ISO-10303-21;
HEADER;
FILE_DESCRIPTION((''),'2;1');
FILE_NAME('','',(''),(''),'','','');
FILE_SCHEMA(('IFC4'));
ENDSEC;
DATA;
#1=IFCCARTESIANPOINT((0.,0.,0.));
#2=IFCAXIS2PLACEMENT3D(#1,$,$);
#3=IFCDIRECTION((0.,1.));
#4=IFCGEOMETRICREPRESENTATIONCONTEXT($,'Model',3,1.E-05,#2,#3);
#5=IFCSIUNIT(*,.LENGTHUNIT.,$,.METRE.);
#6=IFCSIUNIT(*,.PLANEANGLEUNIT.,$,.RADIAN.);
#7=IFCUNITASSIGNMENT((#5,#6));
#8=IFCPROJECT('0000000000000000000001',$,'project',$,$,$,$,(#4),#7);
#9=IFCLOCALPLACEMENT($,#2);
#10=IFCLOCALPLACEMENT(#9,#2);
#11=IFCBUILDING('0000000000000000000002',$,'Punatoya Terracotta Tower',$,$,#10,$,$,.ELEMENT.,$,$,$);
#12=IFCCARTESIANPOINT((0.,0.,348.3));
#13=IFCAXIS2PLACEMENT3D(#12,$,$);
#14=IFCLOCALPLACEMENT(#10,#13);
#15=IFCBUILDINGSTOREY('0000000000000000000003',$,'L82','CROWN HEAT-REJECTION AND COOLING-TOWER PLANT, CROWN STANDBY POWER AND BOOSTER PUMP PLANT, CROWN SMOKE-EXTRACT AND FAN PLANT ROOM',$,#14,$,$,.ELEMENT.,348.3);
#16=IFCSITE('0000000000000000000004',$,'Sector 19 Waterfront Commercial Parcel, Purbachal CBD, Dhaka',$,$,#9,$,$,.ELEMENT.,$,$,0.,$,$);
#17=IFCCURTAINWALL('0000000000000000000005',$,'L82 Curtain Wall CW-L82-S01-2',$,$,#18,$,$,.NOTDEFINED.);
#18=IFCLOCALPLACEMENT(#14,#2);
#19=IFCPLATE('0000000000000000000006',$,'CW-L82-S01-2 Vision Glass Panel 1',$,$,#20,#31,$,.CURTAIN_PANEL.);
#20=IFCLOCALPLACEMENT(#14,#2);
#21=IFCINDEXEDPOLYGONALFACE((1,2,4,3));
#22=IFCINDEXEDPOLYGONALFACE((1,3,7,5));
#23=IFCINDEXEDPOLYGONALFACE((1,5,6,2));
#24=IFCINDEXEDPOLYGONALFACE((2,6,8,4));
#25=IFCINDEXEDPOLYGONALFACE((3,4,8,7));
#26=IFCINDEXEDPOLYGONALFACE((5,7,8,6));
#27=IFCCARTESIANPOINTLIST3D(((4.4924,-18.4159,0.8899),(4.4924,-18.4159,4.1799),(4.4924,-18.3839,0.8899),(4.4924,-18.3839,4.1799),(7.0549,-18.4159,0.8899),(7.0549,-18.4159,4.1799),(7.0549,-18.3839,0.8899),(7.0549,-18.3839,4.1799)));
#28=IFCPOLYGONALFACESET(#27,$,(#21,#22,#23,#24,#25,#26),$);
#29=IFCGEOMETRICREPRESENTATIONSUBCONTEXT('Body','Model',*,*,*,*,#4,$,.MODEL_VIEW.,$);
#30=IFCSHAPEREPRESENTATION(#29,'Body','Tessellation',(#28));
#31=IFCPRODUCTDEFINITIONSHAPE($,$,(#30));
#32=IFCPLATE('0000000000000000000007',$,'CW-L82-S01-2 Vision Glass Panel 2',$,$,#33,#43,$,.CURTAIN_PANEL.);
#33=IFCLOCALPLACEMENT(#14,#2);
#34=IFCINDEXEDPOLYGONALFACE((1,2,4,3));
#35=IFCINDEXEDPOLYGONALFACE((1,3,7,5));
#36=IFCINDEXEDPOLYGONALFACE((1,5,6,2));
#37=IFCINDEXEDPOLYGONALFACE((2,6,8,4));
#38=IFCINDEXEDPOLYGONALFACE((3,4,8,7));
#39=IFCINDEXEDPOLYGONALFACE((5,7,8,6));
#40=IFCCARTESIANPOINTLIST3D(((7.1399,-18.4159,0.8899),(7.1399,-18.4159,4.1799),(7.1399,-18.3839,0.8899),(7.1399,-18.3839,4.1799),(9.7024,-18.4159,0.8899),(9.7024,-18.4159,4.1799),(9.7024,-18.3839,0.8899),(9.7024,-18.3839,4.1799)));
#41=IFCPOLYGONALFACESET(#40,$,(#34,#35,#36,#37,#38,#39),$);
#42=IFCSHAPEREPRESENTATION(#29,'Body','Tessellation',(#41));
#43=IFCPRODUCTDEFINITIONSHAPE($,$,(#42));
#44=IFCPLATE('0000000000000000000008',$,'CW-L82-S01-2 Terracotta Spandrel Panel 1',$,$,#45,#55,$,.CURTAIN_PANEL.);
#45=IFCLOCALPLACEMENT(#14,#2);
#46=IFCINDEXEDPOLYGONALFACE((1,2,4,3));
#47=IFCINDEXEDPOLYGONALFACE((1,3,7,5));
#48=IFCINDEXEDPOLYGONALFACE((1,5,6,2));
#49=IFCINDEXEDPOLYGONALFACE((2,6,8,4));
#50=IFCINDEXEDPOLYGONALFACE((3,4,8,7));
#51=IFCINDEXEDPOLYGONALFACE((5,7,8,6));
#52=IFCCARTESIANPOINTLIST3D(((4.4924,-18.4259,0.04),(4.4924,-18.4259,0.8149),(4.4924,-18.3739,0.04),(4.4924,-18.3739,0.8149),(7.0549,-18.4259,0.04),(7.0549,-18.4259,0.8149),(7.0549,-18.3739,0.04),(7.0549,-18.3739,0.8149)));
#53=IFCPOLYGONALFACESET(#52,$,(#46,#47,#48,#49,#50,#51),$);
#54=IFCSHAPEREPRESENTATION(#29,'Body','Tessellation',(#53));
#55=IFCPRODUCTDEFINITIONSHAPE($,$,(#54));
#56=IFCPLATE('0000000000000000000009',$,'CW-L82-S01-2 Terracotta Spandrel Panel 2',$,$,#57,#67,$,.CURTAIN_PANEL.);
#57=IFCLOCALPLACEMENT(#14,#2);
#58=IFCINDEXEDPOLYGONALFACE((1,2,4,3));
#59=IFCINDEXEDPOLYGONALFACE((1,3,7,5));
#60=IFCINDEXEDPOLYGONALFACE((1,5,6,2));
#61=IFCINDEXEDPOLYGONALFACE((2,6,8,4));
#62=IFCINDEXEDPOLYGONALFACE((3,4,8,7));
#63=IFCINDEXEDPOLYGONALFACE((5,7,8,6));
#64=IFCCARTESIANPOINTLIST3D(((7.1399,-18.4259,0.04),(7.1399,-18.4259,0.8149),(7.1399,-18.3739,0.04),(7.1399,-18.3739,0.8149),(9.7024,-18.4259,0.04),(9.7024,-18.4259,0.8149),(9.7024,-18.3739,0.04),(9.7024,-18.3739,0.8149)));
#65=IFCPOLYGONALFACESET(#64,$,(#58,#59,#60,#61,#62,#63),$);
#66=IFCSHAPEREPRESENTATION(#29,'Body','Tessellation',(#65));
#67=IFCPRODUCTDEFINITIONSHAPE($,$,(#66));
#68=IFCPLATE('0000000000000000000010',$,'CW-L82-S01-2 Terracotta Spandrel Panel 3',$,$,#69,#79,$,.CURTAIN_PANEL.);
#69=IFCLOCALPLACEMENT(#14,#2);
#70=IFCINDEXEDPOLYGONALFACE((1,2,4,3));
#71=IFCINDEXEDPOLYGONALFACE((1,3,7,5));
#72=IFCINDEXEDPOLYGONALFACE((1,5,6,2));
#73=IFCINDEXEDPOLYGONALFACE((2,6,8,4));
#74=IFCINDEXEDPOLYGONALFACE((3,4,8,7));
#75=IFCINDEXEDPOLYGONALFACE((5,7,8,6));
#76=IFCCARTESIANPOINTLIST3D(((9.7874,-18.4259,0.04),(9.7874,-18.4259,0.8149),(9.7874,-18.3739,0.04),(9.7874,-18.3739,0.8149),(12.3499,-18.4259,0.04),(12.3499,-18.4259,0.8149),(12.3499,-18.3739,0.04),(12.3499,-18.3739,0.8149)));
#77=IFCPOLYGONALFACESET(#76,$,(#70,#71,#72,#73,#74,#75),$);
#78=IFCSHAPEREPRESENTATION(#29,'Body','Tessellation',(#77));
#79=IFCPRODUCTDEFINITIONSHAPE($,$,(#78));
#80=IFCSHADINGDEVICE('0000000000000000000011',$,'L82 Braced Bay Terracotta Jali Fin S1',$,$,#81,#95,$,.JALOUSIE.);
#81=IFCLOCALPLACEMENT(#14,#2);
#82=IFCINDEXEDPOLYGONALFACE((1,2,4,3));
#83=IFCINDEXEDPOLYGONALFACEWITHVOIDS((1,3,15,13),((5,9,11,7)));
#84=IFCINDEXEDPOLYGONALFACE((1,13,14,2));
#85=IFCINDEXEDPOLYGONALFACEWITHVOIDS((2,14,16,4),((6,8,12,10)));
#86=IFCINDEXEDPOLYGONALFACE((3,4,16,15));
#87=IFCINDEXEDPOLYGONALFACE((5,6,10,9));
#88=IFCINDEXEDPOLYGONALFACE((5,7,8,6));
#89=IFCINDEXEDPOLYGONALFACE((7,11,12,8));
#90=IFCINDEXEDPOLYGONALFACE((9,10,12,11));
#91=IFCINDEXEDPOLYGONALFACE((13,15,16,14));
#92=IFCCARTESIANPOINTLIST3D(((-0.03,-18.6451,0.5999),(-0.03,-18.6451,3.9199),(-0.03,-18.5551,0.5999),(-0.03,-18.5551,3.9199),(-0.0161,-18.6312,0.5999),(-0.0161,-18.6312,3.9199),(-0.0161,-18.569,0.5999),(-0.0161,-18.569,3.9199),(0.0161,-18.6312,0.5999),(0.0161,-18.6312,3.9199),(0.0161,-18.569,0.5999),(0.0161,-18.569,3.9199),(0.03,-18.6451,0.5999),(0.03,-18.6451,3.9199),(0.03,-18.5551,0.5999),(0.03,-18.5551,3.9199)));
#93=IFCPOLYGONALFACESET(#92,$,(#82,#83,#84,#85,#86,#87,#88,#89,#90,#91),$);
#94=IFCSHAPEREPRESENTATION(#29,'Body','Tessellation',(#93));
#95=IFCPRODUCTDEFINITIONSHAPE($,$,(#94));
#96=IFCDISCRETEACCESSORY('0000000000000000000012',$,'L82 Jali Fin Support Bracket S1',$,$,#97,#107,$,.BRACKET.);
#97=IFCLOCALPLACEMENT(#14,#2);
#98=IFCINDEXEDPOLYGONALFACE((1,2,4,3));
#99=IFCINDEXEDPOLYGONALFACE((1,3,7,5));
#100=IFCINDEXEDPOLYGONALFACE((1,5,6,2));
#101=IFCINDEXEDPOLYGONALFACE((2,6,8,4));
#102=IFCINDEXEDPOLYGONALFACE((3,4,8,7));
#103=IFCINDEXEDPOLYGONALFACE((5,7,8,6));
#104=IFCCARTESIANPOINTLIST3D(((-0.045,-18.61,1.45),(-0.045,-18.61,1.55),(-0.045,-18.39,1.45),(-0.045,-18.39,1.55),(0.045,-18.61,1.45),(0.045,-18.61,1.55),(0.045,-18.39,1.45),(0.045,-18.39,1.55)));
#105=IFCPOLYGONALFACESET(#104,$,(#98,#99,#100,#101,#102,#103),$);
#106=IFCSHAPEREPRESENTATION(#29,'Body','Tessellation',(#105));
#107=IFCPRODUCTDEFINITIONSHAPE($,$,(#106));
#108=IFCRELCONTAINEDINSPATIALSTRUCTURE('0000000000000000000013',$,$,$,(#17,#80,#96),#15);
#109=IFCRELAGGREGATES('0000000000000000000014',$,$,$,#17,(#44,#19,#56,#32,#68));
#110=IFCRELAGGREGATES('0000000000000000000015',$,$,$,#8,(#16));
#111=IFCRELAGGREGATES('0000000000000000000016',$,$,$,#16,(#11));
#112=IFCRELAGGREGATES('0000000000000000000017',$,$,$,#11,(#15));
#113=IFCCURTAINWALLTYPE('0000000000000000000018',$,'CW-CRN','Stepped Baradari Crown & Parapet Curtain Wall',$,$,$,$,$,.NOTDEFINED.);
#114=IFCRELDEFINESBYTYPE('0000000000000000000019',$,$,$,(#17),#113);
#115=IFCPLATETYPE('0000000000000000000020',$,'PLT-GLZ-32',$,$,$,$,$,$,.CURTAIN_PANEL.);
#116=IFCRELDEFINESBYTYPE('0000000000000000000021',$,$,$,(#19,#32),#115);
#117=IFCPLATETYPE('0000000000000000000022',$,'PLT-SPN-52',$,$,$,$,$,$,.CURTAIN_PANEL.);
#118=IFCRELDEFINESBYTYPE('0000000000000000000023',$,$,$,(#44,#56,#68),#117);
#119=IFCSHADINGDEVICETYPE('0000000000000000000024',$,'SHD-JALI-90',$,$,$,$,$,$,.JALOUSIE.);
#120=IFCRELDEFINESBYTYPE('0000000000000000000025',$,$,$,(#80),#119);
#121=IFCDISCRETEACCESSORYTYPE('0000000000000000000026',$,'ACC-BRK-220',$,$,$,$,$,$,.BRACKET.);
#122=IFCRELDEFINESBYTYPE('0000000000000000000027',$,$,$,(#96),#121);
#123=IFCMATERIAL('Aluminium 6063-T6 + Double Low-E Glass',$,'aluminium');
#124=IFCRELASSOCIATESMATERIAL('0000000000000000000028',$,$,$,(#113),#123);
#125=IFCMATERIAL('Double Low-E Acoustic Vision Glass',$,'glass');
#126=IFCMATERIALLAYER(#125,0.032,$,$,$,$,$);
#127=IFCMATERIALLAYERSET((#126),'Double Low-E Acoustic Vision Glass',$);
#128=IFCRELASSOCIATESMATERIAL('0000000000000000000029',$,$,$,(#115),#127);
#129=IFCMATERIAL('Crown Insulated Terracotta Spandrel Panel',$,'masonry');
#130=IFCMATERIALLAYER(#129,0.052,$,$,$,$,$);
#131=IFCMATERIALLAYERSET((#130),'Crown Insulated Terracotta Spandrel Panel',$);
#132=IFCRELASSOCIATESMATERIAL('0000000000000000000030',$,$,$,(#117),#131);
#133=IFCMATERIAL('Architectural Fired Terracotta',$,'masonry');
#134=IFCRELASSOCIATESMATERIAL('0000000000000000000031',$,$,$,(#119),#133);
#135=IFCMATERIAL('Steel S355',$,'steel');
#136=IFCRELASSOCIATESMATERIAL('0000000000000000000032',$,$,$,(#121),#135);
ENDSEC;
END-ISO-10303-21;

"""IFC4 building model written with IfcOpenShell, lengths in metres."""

from ifc_helpers import new_model, si_unit, direction, frame, origin, origin_2d, place, context, subcontext, project, spatial, rectangle, hollow_rectangle, extrude, material, layer, layer_set, material_profile, profile_set, type_object, element, aggregate, save


model = new_model("IFC4")

# Units and contexts
model_context = context("Model", 3, precision=1e-05, world=origin(), true_north=direction((0.0, 1.0)))
body_context = subcontext(model_context, "Body", "Model", "MODEL_VIEW")
ifc_project = project(units=[si_unit("LENGTHUNIT", "METRE"), si_unit("PLANEANGLEUNIT", "RADIAN")], contexts=[model_context])

# Site, building, storey
site_placement = place(None, origin())
site = spatial("IfcSite", under=ifc_project, at=site_placement, Name="Sector 19 Waterfront Commercial Parcel, Purbachal CBD, Dhaka", CompositionType="ELEMENT", RefElevation=0.0)
building_placement = place(site_placement, origin())
building = spatial("IfcBuilding", under=site, at=building_placement, Name="Punatoya Terracotta Tower", CompositionType="ELEMENT")
storey_placement = place(building_placement, frame((0.0, 0.0, 348.3)))
storey = spatial("IfcBuildingStorey", under=building, at=storey_placement, Name="L82", Description="CROWN HEAT-REJECTION AND COOLING-TOWER PLANT, CROWN STANDBY POWER AND BOOSTER PUMP PLANT, CROWN SMOKE-EXTRACT AND FAN PLANT ROOM", CompositionType="ELEMENT", Elevation=348.3)

# Curtain wall
ifc_material_1 = material(Name="Aluminium 6063-T6 + Double Low-E Glass", Category="aluminium")
curtain_wall_type = type_object("IfcCurtainWallType", Name="CW-CRN", Description="Stepped Baradari Crown & Parapet Curtain Wall", PredefinedType="NOTDEFINED", material=ifc_material_1)
curtain_wall_placement = place(storey_placement, origin())
curtain_wall = element("IfcCurtainWall", 1, at=curtain_wall_placement, inside=storey, type_object=curtain_wall_type, Name="L82 Curtain Wall CW-L82-S01-2", PredefinedType="NOTDEFINED")

# Plates
ifc_material_2 = material(Name="Double Low-E Acoustic Vision Glass", Category="glass")
ifc_layer_1 = layer(ifc_material_2, 0.032)
ifc_layer_set_1 = layer_set([ifc_layer_1], Name="Double Low-E Acoustic Vision Glass")
plate_type_1 = type_object("IfcPlateType", Name="PLT-GLZ-32", PredefinedType="CURTAIN_PANEL", material=ifc_layer_set_1)
plate_1_placement = place(storey_placement, frame((5.7737, -18.3999, 0.8899), z_axis=(0.0, 0.0, 1.0), x_axis=(1.0, 0.0, 0.0)))
plate_1 = element("IfcPlate", 2, at=plate_1_placement, type_object=plate_type_1, Name="CW-L82-S01-2 Vision Glass Panel 1", PredefinedType="CURTAIN_PANEL", context=body_context, shape_type="SweptSolid", body=[
    extrude(rectangle(XDim=2.5625, YDim=0.032, at=origin_2d()), origin(), (0.0, 0.0, 1.0), 3.29),
])
plate_2_placement = place(storey_placement, frame((8.4211, -18.3999, 0.8899), z_axis=(0.0, 0.0, 1.0), x_axis=(1.0, 0.0, 0.0)))
plate_2 = element("IfcPlate", 3, at=plate_2_placement, type_object=plate_type_1, Name="CW-L82-S01-2 Vision Glass Panel 2", PredefinedType="CURTAIN_PANEL", context=body_context, shape_type="SweptSolid", body=[
    extrude(rectangle(XDim=2.5625, YDim=0.032, at=origin_2d()), origin(), (0.0, 0.0, 1.0), 3.29),
])
ifc_material_3 = material(Name="Crown Insulated Terracotta Spandrel Panel", Category="masonry")
ifc_layer_2 = layer(ifc_material_3, 0.052)
ifc_layer_set_2 = layer_set([ifc_layer_2], Name="Crown Insulated Terracotta Spandrel Panel")
plate_type_2 = type_object("IfcPlateType", Name="PLT-SPN-52", PredefinedType="CURTAIN_PANEL", material=ifc_layer_set_2)
plate_3_placement = place(storey_placement, frame((5.7737, -18.3999, 0.04), z_axis=(0.0, 0.0, 1.0), x_axis=(1.0, 0.0, 0.0)))
plate_3 = element("IfcPlate", 4, at=plate_3_placement, type_object=plate_type_2, Name="CW-L82-S01-2 Terracotta Spandrel Panel 1", PredefinedType="CURTAIN_PANEL", context=body_context, shape_type="SweptSolid", body=[
    extrude(rectangle(XDim=2.5625, YDim=0.052, at=origin_2d()), origin(), (0.0, 0.0, 1.0), 0.7749),
])
plate_4_placement = place(storey_placement, frame((8.4211, -18.3999, 0.04), z_axis=(0.0, 0.0, 1.0), x_axis=(1.0, 0.0, 0.0)))
plate_4 = element("IfcPlate", 5, at=plate_4_placement, type_object=plate_type_2, Name="CW-L82-S01-2 Terracotta Spandrel Panel 2", PredefinedType="CURTAIN_PANEL", context=body_context, shape_type="SweptSolid", body=[
    extrude(rectangle(XDim=2.5625, YDim=0.052, at=origin_2d()), origin(), (0.0, 0.0, 1.0), 0.7749),
])
plate_5_placement = place(storey_placement, frame((11.0686, -18.3999, 0.04), z_axis=(0.0, 0.0, 1.0), x_axis=(1.0, 0.0, 0.0)))
plate_5 = element("IfcPlate", 6, at=plate_5_placement, type_object=plate_type_2, Name="CW-L82-S01-2 Terracotta Spandrel Panel 3", PredefinedType="CURTAIN_PANEL", context=body_context, shape_type="SweptSolid", body=[
    extrude(rectangle(XDim=2.5625, YDim=0.052, at=origin_2d()), origin(), (0.0, 0.0, 1.0), 0.7749),
])
aggregate(curtain_wall, [plate_3, plate_1, plate_4, plate_2, plate_5])

# Shading device
ifc_material_4 = material(Name="Architectural Fired Terracotta", Category="masonry")
ifc_material_profile_1 = material_profile(ifc_material_4, hollow_rectangle(XDim=0.0601, YDim=0.0901, WallThickness=0.0139, at=origin_2d()))
ifc_profile_set_1 = profile_set([ifc_material_profile_1], Name="Architectural Fired Terracotta")
shading_device_type = type_object("IfcShadingDeviceType", Name="SHD-JALI-90", PredefinedType="JALOUSIE", material=ifc_profile_set_1)
shading_device_placement = place(storey_placement, frame((0.0, -18.6001, 0.5999), z_axis=(0.0, 0.0, 1.0), x_axis=(1.0, 0.0, 0.0)))
element("IfcShadingDevice", 7, at=shading_device_placement, inside=storey, type_object=shading_device_type, Name="L82 Braced Bay Terracotta Jali Fin S1", PredefinedType="JALOUSIE", context=body_context, shape_type="SweptSolid", body=[
    extrude(hollow_rectangle(XDim=0.0601, YDim=0.0901, WallThickness=0.0139, at=origin_2d()), origin(), (0.0, 0.0, 1.0), 3.3201),
])

# Discrete accessory
ifc_material_5 = material(Name="Steel S355", Category="steel")
discrete_accessory_type = type_object("IfcDiscreteAccessoryType", Name="ACC-BRK-220", PredefinedType="BRACKET", material=ifc_material_5)
discrete_accessory_placement = place(storey_placement, frame((0.0, -18.5, 1.45), z_axis=(0.0, 0.0, 1.0), x_axis=(1.0, 0.0, 0.0)))
element("IfcDiscreteAccessory", 8, at=discrete_accessory_placement, inside=storey, type_object=discrete_accessory_type, Name="L82 Jali Fin Support Bracket S1", PredefinedType="BRACKET", context=body_context, shape_type="SweptSolid", body=[
    extrude(rectangle(XDim=0.0901, YDim=0.22, at=origin_2d()), origin(), (0.0, 0.0, 1.0), 0.1001),
])

save(model, "model.ifc")
